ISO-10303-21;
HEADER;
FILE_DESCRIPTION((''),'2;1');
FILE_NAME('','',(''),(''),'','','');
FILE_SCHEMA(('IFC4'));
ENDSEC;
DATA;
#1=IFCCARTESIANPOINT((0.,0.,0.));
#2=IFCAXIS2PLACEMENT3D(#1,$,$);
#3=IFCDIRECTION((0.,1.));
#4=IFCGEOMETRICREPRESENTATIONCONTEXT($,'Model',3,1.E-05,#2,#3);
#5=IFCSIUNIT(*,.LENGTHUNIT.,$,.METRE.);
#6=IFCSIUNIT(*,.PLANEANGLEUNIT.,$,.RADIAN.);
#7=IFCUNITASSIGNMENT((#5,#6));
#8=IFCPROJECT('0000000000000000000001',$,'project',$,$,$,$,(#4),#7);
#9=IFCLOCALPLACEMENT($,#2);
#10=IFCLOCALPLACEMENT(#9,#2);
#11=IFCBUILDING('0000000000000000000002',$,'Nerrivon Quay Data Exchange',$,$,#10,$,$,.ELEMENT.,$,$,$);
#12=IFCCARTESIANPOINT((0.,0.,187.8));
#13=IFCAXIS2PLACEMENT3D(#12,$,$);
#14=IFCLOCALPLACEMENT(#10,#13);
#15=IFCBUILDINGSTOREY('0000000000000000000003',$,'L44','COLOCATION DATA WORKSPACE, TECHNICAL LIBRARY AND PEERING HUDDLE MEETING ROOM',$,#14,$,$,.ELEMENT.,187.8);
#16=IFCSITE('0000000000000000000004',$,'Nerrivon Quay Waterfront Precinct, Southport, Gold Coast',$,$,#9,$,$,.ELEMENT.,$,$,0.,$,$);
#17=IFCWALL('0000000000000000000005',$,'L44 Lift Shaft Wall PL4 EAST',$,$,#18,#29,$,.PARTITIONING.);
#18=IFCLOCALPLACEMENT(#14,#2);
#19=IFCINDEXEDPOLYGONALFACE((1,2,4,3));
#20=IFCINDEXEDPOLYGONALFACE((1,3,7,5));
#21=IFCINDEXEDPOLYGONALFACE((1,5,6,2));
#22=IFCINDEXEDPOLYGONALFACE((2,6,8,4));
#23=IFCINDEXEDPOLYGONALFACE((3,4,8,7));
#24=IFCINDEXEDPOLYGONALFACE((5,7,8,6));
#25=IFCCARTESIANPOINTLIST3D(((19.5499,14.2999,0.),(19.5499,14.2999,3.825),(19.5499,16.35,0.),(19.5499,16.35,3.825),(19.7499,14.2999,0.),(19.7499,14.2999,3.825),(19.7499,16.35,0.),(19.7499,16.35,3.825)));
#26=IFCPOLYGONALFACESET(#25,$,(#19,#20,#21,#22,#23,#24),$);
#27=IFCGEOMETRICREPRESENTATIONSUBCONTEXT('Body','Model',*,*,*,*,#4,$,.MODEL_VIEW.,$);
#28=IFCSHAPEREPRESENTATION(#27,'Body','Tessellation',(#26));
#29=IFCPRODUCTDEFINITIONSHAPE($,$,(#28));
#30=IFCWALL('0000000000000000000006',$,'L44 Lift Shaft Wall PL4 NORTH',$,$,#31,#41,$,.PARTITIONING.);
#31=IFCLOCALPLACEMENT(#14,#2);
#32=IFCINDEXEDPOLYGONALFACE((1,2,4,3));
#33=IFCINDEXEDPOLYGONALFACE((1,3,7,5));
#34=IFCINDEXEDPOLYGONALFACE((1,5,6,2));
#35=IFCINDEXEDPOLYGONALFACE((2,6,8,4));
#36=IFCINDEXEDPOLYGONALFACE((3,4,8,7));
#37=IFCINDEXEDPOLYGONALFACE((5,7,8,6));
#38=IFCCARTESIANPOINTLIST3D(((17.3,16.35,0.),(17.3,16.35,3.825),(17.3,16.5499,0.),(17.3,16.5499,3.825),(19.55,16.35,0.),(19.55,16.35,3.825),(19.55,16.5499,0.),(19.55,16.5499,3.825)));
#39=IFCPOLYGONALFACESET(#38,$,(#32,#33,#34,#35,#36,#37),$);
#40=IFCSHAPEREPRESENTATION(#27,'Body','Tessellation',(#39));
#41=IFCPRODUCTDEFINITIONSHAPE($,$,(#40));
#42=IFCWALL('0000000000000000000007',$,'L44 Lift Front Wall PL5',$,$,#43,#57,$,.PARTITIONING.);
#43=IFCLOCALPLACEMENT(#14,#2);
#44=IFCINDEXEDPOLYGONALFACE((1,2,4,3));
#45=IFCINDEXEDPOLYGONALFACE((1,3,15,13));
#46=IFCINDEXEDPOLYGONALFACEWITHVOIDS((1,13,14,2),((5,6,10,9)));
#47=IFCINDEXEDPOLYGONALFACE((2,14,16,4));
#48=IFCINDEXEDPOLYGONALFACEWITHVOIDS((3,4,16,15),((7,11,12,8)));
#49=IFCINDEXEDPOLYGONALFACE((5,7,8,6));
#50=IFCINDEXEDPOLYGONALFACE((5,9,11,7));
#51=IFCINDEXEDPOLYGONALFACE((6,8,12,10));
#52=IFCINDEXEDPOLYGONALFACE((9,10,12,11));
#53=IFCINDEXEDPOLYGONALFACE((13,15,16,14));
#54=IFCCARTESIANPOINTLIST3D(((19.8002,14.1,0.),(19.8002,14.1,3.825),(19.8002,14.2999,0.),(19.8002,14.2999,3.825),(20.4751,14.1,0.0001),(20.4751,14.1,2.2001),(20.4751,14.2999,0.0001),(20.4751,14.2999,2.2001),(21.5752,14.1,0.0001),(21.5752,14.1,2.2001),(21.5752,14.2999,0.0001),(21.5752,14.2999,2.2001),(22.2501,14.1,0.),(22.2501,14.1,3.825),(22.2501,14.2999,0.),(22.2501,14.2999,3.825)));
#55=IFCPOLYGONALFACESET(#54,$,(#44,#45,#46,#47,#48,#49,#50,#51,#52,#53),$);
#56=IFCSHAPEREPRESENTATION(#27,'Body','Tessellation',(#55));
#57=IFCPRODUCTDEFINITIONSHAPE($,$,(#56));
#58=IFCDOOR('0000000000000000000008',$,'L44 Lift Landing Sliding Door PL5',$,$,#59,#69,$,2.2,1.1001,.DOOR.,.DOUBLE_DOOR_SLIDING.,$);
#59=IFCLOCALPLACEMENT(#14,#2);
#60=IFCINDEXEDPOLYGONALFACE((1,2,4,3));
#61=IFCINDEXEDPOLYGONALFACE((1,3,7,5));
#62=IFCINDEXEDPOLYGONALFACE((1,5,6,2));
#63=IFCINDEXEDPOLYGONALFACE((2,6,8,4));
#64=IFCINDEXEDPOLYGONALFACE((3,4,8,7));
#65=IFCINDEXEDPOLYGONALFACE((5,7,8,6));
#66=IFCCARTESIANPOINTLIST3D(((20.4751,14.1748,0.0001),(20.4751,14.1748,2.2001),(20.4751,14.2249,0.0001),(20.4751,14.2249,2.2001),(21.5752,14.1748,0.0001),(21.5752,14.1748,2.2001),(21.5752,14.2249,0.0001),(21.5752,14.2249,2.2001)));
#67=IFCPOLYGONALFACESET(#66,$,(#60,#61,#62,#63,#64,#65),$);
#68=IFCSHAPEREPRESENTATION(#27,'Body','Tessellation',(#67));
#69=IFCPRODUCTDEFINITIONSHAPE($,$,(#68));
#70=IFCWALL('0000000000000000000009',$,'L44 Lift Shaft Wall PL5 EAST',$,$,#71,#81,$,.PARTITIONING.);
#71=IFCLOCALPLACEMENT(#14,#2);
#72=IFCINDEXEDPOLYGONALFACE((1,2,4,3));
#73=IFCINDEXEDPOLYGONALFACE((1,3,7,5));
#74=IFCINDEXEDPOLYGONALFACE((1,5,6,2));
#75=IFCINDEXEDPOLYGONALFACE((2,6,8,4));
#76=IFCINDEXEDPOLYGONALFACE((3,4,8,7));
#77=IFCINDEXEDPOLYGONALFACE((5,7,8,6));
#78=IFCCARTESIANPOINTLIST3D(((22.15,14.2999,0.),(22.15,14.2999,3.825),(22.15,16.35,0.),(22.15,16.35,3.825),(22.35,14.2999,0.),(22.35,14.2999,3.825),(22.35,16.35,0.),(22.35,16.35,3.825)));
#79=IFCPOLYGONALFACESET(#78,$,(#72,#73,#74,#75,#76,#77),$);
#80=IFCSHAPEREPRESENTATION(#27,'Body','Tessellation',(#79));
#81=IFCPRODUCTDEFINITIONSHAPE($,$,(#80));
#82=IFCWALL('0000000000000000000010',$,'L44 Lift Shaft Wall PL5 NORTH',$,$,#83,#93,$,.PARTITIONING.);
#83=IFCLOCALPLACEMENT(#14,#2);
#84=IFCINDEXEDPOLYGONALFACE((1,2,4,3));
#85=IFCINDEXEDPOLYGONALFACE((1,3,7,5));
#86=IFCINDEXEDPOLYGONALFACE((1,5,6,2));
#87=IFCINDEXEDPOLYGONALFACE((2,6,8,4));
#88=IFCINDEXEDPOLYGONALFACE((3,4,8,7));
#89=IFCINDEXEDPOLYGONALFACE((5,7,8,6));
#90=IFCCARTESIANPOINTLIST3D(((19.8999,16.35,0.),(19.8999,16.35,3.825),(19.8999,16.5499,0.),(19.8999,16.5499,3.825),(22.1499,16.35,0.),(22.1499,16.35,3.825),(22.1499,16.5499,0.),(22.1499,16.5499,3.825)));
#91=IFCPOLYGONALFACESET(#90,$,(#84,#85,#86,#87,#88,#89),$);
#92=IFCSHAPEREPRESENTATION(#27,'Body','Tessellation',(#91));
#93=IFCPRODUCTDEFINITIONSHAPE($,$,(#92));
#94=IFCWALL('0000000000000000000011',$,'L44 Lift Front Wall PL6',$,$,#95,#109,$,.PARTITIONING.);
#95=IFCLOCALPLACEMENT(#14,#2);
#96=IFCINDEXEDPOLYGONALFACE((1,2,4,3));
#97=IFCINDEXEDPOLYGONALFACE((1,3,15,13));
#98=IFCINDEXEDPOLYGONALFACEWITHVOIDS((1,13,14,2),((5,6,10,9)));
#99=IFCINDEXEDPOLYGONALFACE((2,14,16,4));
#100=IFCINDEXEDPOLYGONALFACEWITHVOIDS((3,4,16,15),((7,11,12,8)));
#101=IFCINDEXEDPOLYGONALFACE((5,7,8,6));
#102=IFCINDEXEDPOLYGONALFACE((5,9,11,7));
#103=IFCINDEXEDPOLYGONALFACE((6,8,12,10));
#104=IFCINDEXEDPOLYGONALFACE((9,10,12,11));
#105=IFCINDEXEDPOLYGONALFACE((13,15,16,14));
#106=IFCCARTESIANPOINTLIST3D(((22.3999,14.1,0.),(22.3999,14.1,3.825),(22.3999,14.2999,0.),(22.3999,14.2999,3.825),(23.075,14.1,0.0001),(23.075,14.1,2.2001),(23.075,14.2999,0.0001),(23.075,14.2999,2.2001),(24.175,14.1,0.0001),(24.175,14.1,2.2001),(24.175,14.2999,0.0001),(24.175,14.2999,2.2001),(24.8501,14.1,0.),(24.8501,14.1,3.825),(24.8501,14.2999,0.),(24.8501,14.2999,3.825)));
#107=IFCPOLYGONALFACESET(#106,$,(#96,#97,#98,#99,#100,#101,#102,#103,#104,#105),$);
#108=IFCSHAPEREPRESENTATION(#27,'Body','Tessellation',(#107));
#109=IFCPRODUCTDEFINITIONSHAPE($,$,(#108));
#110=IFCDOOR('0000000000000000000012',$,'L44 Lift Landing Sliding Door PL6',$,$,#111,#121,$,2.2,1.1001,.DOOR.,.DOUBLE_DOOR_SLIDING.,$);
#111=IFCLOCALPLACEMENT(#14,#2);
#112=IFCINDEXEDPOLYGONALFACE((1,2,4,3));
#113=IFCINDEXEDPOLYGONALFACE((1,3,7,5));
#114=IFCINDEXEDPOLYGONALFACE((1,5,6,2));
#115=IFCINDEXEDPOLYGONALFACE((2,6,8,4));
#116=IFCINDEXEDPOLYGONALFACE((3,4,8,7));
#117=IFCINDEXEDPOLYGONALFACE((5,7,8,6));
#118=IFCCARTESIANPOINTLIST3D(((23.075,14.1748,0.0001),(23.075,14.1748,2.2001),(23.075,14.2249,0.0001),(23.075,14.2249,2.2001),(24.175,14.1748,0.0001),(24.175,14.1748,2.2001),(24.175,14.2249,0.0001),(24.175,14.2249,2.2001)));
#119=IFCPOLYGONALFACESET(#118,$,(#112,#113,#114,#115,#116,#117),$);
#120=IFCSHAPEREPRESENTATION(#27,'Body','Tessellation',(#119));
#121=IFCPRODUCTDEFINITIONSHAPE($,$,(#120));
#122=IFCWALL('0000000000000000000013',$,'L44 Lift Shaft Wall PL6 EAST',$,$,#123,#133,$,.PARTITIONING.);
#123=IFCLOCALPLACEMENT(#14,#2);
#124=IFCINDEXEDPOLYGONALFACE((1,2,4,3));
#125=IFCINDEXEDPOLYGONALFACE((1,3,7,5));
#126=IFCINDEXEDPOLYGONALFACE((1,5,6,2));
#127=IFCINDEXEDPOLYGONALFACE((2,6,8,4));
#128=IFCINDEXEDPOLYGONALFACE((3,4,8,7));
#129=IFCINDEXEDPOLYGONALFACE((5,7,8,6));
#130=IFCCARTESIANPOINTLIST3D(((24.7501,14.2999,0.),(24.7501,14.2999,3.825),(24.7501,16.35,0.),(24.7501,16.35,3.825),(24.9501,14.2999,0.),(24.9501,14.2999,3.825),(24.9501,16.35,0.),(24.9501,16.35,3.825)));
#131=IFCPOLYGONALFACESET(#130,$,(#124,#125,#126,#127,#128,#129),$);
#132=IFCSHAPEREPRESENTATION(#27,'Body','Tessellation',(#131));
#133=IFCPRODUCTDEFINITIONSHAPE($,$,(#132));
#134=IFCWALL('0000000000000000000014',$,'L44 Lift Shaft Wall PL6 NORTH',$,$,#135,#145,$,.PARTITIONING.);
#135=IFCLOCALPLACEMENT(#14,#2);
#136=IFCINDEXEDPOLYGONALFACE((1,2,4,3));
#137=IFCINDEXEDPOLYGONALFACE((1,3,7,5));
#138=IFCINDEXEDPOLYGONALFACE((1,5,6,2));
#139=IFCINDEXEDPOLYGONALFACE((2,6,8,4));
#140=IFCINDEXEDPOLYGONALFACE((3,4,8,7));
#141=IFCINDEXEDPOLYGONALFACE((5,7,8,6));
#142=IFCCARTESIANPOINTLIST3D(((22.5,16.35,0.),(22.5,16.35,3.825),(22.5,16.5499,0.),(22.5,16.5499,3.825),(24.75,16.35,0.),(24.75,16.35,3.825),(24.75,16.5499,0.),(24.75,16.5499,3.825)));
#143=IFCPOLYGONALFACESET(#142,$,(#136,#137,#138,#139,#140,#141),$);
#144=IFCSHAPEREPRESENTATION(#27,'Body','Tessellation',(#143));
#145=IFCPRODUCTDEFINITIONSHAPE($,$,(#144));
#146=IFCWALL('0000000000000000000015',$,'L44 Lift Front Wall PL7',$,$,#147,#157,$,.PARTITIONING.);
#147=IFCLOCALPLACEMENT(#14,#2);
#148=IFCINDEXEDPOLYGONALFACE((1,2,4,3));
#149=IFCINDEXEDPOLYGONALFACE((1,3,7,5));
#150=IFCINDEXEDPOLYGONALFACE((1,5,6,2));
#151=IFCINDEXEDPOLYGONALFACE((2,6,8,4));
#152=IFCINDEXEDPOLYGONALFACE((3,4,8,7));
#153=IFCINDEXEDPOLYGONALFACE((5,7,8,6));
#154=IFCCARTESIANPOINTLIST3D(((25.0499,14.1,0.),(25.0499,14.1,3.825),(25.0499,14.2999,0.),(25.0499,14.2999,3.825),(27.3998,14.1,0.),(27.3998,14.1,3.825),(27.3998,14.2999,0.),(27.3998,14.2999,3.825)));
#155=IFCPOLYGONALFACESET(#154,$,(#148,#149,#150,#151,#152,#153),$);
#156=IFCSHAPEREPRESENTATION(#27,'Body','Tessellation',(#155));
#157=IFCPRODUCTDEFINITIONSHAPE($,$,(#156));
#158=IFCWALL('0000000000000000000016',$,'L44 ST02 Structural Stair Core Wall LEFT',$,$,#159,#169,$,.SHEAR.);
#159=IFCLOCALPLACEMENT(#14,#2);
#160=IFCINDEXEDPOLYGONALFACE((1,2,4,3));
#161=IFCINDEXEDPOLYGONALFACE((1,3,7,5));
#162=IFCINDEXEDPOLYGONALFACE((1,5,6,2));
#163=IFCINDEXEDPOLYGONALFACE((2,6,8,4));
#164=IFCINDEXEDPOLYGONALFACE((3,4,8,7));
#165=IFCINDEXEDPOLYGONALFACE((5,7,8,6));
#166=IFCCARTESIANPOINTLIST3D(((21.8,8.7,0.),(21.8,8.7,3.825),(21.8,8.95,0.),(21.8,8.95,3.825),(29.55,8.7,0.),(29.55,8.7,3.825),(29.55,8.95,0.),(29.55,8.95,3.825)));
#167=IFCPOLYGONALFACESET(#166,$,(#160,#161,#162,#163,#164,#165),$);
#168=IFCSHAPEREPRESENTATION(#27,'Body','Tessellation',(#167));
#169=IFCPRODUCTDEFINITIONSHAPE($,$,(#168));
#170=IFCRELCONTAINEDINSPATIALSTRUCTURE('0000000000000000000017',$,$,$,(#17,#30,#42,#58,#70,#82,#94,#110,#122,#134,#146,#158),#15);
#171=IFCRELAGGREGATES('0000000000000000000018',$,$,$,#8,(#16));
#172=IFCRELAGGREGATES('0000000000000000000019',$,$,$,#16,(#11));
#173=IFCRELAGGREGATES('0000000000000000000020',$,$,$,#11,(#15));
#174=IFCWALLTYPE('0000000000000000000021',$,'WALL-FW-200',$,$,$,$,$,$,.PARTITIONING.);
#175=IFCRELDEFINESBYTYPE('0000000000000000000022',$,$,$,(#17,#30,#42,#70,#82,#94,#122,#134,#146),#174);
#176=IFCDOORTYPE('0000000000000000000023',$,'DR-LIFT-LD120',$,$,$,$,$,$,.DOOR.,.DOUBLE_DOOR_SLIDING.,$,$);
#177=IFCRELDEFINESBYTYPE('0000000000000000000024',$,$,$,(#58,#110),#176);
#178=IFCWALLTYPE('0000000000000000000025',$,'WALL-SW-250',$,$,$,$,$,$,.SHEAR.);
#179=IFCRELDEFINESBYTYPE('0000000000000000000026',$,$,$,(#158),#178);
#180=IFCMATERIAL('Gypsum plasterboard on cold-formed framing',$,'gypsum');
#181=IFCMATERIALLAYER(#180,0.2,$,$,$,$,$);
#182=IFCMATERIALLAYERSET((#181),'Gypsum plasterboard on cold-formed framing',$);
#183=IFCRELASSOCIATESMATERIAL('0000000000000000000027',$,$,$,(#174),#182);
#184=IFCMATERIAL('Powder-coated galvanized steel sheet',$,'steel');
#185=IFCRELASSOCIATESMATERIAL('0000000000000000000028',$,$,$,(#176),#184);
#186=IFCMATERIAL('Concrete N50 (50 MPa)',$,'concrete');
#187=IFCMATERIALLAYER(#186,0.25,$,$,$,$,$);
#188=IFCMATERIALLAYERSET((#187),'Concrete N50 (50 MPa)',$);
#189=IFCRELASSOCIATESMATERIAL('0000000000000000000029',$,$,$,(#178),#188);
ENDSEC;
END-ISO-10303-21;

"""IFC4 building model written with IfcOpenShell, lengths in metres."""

from ifc_helpers import new_model, si_unit, direction, frame, frame_2d, origin, place, context, subcontext, project, spatial, rectangle, extrude, material, layer, layer_set, type_object, element, fill, save


model = new_model("IFC4")

# Units and contexts
model_context = context("Model", 3, precision=1e-05, world=origin(), true_north=direction((0.0, 1.0)))
body_context = subcontext(model_context, "Body", "Model", "MODEL_VIEW")
ifc_project = project(units=[si_unit("LENGTHUNIT", "METRE"), si_unit("PLANEANGLEUNIT", "RADIAN")], contexts=[model_context])

# Site, building, storey
site_placement = place(None, origin())
site = spatial("IfcSite", under=ifc_project, at=site_placement, Name="Nerrivon Quay Waterfront Precinct, Southport, Gold Coast", CompositionType="ELEMENT", RefElevation=0.0)
building_placement = place(site_placement, origin())
building = spatial("IfcBuilding", under=site, at=building_placement, Name="Nerrivon Quay Data Exchange", CompositionType="ELEMENT")
storey_placement = place(building_placement, frame((0.0, 0.0, 187.8)))
storey = spatial("IfcBuildingStorey", under=building, at=storey_placement, Name="L44", Description="COLOCATION DATA WORKSPACE, TECHNICAL LIBRARY AND PEERING HUDDLE MEETING ROOM", CompositionType="ELEMENT", Elevation=187.8)

# Shared definitions
ifc_material_1 = material(Name="Concrete N50 (50 MPa)", Category="concrete")

# Shared definitions
ifc_material_2 = material(Name="Powder-coated galvanized steel sheet", Category="steel")

# Shared definitions
ifc_material_3 = material(Name="Gypsum plasterboard on cold-formed framing", Category="gypsum")
ifc_layer_1 = layer(ifc_material_3, 0.2)
ifc_layer_set_1 = layer_set([ifc_layer_1], Name="Gypsum plasterboard on cold-formed framing")
wall_type_1 = type_object("IfcWallType", Name="WALL-FW-200", PredefinedType="PARTITIONING", material=ifc_layer_set_1)

# Shared definitions
door_type_1 = type_object("IfcDoorType", Name="DR-LIFT-LD120", OperationType="DOUBLE_DOOR_SLIDING", PredefinedType="DOOR", material=ifc_material_2)

# Walls
wall_1_placement = place(storey_placement, frame((19.6499, 14.3, 0.0), z_axis=(0.0, 0.0, 1.0), x_axis=(0.0, 1.0, 0.0)))
element("IfcWall", 1, at=wall_1_placement, inside=storey, type_object=wall_type_1, Name="L44 Lift Shaft Wall PL4 EAST", PredefinedType="PARTITIONING", context=body_context, shape_type="SweptSolid", body=[
    extrude(rectangle(XDim=2.05, YDim=0.2, at=frame_2d((1.0249, 0.0))), origin(), (0.0, 0.0, 1.0), 3.825),
])
wall_2_placement = place(storey_placement, frame((17.3, 16.45, 0.0), z_axis=(0.0, 0.0, 1.0), x_axis=(1.0, 0.0, 0.0)))
element("IfcWall", 2, at=wall_2_placement, inside=storey, type_object=wall_type_1, Name="L44 Lift Shaft Wall PL4 NORTH", PredefinedType="PARTITIONING", context=body_context, shape_type="SweptSolid", body=[
    extrude(rectangle(XDim=2.25, YDim=0.2, at=frame_2d((1.125, 0.0))), origin(), (0.0, 0.0, 1.0), 3.825),
])

# Wall, opening, door
wall_3_placement = place(storey_placement, frame((19.8, 14.2, 0.0), z_axis=(0.0, 0.0, 1.0), x_axis=(1.0, 0.0, 0.0)))
wall_3 = element("IfcWall", 3, at=wall_3_placement, inside=storey, type_object=wall_type_1, Name="L44 Lift Front Wall PL5", PredefinedType="PARTITIONING", context=body_context, shape_type="SweptSolid", body=[
    extrude(rectangle(XDim=2.45, YDim=0.2, at=frame_2d((1.2251, 0.0))), origin(), (0.0, 0.0, 1.0), 3.825),
])
opening_1_placement = place(wall_3_placement, frame((0.675, 0.0, 0.0)))
opening_1 = element("IfcOpeningElement", 4, at=opening_1_placement, cuts=wall_3, PredefinedType="OPENING", context=body_context, shape_type="SweptSolid", body=[
    extrude(rectangle(XDim=1.1001, YDim=2.2, at=frame_2d((0.55, 1.1001))), frame((0.0, 0.1099, 0.0), z_axis=(0.0, -1.0, 0.0), x_axis=(1.0, 0.0, 0.0)), (0.0, 0.0, 1.0), 0.22),
])
door_1_placement = place(opening_1_placement, origin())
door_1 = element("IfcDoor", 5, at=door_1_placement, inside=storey, type_object=door_type_1, Name="L44 Lift Landing Sliding Door PL5", OperationType="DOUBLE_DOOR_SLIDING", OverallHeight=2.2, OverallWidth=1.1001, PredefinedType="DOOR", context=body_context, shape_type="SweptSolid", body=[
    extrude(rectangle(XDim=1.1001, YDim=2.2, at=frame_2d((0.55, 1.1001))), frame((0.0, 0.0249, 0.0), z_axis=(0.0, -1.0, 0.0), x_axis=(1.0, 0.0, 0.0)), (0.0, 0.0, 1.0), 0.05),
])
fill(opening_1, door_1)

# Walls
wall_4_placement = place(storey_placement, frame((22.25, 14.3, 0.0), z_axis=(0.0, 0.0, 1.0), x_axis=(0.0, 1.0, 0.0)))
element("IfcWall", 6, at=wall_4_placement, inside=storey, type_object=wall_type_1, Name="L44 Lift Shaft Wall PL5 EAST", PredefinedType="PARTITIONING", context=body_context, shape_type="SweptSolid", body=[
    extrude(rectangle(XDim=2.05, YDim=0.2, at=frame_2d((1.0249, 0.0))), origin(), (0.0, 0.0, 1.0), 3.825),
])
wall_5_placement = place(storey_placement, frame((19.8999, 16.45, 0.0), z_axis=(0.0, 0.0, 1.0), x_axis=(1.0, 0.0, 0.0)))
element("IfcWall", 7, at=wall_5_placement, inside=storey, type_object=wall_type_1, Name="L44 Lift Shaft Wall PL5 NORTH", PredefinedType="PARTITIONING", context=body_context, shape_type="SweptSolid", body=[
    extrude(rectangle(XDim=2.25, YDim=0.2, at=frame_2d((1.125, 0.0))), origin(), (0.0, 0.0, 1.0), 3.825),
])

# Wall, opening, door
wall_6_placement = place(storey_placement, frame((22.3999, 14.2, 0.0), z_axis=(0.0, 0.0, 1.0), x_axis=(1.0, 0.0, 0.0)))
wall_6 = element("IfcWall", 8, at=wall_6_placement, inside=storey, type_object=wall_type_1, Name="L44 Lift Front Wall PL6", PredefinedType="PARTITIONING", context=body_context, shape_type="SweptSolid", body=[
    extrude(rectangle(XDim=2.4502, YDim=0.2, at=frame_2d((1.2251, 0.0))), origin(), (0.0, 0.0, 1.0), 3.825),
])
opening_2_placement = place(wall_6_placement, frame((0.675, 0.0, 0.0)))
opening_2 = element("IfcOpeningElement", 9, at=opening_2_placement, cuts=wall_6, PredefinedType="OPENING", context=body_context, shape_type="SweptSolid", body=[
    extrude(rectangle(XDim=1.1001, YDim=2.2, at=frame_2d((0.55, 1.1001))), frame((0.0, 0.1099, 0.0), z_axis=(0.0, -1.0, 0.0), x_axis=(1.0, 0.0, 0.0)), (0.0, 0.0, 1.0), 0.22),
])
door_2_placement = place(opening_2_placement, origin())
door_2 = element("IfcDoor", 10, at=door_2_placement, inside=storey, type_object=door_type_1, Name="L44 Lift Landing Sliding Door PL6", OperationType="DOUBLE_DOOR_SLIDING", OverallHeight=2.2, OverallWidth=1.1001, PredefinedType="DOOR", context=body_context, shape_type="SweptSolid", body=[
    extrude(rectangle(XDim=1.1001, YDim=2.2, at=frame_2d((0.55, 1.1001))), frame((0.0, 0.0249, 0.0), z_axis=(0.0, -1.0, 0.0), x_axis=(1.0, 0.0, 0.0)), (0.0, 0.0, 1.0), 0.05),
])
fill(opening_2, door_2)

# Walls
wall_7_placement = place(storey_placement, frame((24.8501, 14.3, 0.0), z_axis=(0.0, 0.0, 1.0), x_axis=(0.0, 1.0, 0.0)))
element("IfcWall", 11, at=wall_7_placement, inside=storey, type_object=wall_type_1, Name="L44 Lift Shaft Wall PL6 EAST", PredefinedType="PARTITIONING", context=body_context, shape_type="SweptSolid", body=[
    extrude(rectangle(XDim=2.05, YDim=0.2, at=frame_2d((1.0249, 0.0))), origin(), (0.0, 0.0, 1.0), 3.825),
])
wall_8_placement = place(storey_placement, frame((22.5, 16.45, 0.0), z_axis=(0.0, 0.0, 1.0), x_axis=(1.0, 0.0, 0.0)))
element("IfcWall", 12, at=wall_8_placement, inside=storey, type_object=wall_type_1, Name="L44 Lift Shaft Wall PL6 NORTH", PredefinedType="PARTITIONING", context=body_context, shape_type="SweptSolid", body=[
    extrude(rectangle(XDim=2.25, YDim=0.2, at=frame_2d((1.125, 0.0))), origin(), (0.0, 0.0, 1.0), 3.825),
])
wall_9_placement = place(storey_placement, frame((25.05, 14.2, 0.0), z_axis=(0.0, 0.0, 1.0), x_axis=(1.0, 0.0, 0.0)))
element("IfcWall", 13, at=wall_9_placement, inside=storey, type_object=wall_type_1, Name="L44 Lift Front Wall PL7", PredefinedType="PARTITIONING", context=body_context, shape_type="SweptSolid", body=[
    extrude(rectangle(XDim=2.3499, YDim=0.2, at=frame_2d((1.1748, 0.0))), origin(), (0.0, 0.0, 1.0), 3.825),
])
ifc_layer_2 = layer(ifc_material_1, 0.25)
ifc_layer_set_2 = layer_set([ifc_layer_2], Name="Concrete N50 (50 MPa)")
wall_type_2 = type_object("IfcWallType", Name="WALL-SW-250", PredefinedType="SHEAR", material=ifc_layer_set_2)
wall_10_placement = place(storey_placement, frame((21.8, 8.825, 0.0), z_axis=(0.0, 0.0, 1.0), x_axis=(1.0, 0.0, 0.0)))
element("IfcWall", 14, at=wall_10_placement, inside=storey, type_object=wall_type_2, Name="L44 ST02 Structural Stair Core Wall LEFT", PredefinedType="SHEAR", context=body_context, shape_type="SweptSolid", body=[
    extrude(rectangle(XDim=7.75, YDim=0.25, at=frame_2d((3.875, 0.0))), origin(), (0.0, 0.0, 1.0), 3.825),
])

save(model, "model.ifc")
